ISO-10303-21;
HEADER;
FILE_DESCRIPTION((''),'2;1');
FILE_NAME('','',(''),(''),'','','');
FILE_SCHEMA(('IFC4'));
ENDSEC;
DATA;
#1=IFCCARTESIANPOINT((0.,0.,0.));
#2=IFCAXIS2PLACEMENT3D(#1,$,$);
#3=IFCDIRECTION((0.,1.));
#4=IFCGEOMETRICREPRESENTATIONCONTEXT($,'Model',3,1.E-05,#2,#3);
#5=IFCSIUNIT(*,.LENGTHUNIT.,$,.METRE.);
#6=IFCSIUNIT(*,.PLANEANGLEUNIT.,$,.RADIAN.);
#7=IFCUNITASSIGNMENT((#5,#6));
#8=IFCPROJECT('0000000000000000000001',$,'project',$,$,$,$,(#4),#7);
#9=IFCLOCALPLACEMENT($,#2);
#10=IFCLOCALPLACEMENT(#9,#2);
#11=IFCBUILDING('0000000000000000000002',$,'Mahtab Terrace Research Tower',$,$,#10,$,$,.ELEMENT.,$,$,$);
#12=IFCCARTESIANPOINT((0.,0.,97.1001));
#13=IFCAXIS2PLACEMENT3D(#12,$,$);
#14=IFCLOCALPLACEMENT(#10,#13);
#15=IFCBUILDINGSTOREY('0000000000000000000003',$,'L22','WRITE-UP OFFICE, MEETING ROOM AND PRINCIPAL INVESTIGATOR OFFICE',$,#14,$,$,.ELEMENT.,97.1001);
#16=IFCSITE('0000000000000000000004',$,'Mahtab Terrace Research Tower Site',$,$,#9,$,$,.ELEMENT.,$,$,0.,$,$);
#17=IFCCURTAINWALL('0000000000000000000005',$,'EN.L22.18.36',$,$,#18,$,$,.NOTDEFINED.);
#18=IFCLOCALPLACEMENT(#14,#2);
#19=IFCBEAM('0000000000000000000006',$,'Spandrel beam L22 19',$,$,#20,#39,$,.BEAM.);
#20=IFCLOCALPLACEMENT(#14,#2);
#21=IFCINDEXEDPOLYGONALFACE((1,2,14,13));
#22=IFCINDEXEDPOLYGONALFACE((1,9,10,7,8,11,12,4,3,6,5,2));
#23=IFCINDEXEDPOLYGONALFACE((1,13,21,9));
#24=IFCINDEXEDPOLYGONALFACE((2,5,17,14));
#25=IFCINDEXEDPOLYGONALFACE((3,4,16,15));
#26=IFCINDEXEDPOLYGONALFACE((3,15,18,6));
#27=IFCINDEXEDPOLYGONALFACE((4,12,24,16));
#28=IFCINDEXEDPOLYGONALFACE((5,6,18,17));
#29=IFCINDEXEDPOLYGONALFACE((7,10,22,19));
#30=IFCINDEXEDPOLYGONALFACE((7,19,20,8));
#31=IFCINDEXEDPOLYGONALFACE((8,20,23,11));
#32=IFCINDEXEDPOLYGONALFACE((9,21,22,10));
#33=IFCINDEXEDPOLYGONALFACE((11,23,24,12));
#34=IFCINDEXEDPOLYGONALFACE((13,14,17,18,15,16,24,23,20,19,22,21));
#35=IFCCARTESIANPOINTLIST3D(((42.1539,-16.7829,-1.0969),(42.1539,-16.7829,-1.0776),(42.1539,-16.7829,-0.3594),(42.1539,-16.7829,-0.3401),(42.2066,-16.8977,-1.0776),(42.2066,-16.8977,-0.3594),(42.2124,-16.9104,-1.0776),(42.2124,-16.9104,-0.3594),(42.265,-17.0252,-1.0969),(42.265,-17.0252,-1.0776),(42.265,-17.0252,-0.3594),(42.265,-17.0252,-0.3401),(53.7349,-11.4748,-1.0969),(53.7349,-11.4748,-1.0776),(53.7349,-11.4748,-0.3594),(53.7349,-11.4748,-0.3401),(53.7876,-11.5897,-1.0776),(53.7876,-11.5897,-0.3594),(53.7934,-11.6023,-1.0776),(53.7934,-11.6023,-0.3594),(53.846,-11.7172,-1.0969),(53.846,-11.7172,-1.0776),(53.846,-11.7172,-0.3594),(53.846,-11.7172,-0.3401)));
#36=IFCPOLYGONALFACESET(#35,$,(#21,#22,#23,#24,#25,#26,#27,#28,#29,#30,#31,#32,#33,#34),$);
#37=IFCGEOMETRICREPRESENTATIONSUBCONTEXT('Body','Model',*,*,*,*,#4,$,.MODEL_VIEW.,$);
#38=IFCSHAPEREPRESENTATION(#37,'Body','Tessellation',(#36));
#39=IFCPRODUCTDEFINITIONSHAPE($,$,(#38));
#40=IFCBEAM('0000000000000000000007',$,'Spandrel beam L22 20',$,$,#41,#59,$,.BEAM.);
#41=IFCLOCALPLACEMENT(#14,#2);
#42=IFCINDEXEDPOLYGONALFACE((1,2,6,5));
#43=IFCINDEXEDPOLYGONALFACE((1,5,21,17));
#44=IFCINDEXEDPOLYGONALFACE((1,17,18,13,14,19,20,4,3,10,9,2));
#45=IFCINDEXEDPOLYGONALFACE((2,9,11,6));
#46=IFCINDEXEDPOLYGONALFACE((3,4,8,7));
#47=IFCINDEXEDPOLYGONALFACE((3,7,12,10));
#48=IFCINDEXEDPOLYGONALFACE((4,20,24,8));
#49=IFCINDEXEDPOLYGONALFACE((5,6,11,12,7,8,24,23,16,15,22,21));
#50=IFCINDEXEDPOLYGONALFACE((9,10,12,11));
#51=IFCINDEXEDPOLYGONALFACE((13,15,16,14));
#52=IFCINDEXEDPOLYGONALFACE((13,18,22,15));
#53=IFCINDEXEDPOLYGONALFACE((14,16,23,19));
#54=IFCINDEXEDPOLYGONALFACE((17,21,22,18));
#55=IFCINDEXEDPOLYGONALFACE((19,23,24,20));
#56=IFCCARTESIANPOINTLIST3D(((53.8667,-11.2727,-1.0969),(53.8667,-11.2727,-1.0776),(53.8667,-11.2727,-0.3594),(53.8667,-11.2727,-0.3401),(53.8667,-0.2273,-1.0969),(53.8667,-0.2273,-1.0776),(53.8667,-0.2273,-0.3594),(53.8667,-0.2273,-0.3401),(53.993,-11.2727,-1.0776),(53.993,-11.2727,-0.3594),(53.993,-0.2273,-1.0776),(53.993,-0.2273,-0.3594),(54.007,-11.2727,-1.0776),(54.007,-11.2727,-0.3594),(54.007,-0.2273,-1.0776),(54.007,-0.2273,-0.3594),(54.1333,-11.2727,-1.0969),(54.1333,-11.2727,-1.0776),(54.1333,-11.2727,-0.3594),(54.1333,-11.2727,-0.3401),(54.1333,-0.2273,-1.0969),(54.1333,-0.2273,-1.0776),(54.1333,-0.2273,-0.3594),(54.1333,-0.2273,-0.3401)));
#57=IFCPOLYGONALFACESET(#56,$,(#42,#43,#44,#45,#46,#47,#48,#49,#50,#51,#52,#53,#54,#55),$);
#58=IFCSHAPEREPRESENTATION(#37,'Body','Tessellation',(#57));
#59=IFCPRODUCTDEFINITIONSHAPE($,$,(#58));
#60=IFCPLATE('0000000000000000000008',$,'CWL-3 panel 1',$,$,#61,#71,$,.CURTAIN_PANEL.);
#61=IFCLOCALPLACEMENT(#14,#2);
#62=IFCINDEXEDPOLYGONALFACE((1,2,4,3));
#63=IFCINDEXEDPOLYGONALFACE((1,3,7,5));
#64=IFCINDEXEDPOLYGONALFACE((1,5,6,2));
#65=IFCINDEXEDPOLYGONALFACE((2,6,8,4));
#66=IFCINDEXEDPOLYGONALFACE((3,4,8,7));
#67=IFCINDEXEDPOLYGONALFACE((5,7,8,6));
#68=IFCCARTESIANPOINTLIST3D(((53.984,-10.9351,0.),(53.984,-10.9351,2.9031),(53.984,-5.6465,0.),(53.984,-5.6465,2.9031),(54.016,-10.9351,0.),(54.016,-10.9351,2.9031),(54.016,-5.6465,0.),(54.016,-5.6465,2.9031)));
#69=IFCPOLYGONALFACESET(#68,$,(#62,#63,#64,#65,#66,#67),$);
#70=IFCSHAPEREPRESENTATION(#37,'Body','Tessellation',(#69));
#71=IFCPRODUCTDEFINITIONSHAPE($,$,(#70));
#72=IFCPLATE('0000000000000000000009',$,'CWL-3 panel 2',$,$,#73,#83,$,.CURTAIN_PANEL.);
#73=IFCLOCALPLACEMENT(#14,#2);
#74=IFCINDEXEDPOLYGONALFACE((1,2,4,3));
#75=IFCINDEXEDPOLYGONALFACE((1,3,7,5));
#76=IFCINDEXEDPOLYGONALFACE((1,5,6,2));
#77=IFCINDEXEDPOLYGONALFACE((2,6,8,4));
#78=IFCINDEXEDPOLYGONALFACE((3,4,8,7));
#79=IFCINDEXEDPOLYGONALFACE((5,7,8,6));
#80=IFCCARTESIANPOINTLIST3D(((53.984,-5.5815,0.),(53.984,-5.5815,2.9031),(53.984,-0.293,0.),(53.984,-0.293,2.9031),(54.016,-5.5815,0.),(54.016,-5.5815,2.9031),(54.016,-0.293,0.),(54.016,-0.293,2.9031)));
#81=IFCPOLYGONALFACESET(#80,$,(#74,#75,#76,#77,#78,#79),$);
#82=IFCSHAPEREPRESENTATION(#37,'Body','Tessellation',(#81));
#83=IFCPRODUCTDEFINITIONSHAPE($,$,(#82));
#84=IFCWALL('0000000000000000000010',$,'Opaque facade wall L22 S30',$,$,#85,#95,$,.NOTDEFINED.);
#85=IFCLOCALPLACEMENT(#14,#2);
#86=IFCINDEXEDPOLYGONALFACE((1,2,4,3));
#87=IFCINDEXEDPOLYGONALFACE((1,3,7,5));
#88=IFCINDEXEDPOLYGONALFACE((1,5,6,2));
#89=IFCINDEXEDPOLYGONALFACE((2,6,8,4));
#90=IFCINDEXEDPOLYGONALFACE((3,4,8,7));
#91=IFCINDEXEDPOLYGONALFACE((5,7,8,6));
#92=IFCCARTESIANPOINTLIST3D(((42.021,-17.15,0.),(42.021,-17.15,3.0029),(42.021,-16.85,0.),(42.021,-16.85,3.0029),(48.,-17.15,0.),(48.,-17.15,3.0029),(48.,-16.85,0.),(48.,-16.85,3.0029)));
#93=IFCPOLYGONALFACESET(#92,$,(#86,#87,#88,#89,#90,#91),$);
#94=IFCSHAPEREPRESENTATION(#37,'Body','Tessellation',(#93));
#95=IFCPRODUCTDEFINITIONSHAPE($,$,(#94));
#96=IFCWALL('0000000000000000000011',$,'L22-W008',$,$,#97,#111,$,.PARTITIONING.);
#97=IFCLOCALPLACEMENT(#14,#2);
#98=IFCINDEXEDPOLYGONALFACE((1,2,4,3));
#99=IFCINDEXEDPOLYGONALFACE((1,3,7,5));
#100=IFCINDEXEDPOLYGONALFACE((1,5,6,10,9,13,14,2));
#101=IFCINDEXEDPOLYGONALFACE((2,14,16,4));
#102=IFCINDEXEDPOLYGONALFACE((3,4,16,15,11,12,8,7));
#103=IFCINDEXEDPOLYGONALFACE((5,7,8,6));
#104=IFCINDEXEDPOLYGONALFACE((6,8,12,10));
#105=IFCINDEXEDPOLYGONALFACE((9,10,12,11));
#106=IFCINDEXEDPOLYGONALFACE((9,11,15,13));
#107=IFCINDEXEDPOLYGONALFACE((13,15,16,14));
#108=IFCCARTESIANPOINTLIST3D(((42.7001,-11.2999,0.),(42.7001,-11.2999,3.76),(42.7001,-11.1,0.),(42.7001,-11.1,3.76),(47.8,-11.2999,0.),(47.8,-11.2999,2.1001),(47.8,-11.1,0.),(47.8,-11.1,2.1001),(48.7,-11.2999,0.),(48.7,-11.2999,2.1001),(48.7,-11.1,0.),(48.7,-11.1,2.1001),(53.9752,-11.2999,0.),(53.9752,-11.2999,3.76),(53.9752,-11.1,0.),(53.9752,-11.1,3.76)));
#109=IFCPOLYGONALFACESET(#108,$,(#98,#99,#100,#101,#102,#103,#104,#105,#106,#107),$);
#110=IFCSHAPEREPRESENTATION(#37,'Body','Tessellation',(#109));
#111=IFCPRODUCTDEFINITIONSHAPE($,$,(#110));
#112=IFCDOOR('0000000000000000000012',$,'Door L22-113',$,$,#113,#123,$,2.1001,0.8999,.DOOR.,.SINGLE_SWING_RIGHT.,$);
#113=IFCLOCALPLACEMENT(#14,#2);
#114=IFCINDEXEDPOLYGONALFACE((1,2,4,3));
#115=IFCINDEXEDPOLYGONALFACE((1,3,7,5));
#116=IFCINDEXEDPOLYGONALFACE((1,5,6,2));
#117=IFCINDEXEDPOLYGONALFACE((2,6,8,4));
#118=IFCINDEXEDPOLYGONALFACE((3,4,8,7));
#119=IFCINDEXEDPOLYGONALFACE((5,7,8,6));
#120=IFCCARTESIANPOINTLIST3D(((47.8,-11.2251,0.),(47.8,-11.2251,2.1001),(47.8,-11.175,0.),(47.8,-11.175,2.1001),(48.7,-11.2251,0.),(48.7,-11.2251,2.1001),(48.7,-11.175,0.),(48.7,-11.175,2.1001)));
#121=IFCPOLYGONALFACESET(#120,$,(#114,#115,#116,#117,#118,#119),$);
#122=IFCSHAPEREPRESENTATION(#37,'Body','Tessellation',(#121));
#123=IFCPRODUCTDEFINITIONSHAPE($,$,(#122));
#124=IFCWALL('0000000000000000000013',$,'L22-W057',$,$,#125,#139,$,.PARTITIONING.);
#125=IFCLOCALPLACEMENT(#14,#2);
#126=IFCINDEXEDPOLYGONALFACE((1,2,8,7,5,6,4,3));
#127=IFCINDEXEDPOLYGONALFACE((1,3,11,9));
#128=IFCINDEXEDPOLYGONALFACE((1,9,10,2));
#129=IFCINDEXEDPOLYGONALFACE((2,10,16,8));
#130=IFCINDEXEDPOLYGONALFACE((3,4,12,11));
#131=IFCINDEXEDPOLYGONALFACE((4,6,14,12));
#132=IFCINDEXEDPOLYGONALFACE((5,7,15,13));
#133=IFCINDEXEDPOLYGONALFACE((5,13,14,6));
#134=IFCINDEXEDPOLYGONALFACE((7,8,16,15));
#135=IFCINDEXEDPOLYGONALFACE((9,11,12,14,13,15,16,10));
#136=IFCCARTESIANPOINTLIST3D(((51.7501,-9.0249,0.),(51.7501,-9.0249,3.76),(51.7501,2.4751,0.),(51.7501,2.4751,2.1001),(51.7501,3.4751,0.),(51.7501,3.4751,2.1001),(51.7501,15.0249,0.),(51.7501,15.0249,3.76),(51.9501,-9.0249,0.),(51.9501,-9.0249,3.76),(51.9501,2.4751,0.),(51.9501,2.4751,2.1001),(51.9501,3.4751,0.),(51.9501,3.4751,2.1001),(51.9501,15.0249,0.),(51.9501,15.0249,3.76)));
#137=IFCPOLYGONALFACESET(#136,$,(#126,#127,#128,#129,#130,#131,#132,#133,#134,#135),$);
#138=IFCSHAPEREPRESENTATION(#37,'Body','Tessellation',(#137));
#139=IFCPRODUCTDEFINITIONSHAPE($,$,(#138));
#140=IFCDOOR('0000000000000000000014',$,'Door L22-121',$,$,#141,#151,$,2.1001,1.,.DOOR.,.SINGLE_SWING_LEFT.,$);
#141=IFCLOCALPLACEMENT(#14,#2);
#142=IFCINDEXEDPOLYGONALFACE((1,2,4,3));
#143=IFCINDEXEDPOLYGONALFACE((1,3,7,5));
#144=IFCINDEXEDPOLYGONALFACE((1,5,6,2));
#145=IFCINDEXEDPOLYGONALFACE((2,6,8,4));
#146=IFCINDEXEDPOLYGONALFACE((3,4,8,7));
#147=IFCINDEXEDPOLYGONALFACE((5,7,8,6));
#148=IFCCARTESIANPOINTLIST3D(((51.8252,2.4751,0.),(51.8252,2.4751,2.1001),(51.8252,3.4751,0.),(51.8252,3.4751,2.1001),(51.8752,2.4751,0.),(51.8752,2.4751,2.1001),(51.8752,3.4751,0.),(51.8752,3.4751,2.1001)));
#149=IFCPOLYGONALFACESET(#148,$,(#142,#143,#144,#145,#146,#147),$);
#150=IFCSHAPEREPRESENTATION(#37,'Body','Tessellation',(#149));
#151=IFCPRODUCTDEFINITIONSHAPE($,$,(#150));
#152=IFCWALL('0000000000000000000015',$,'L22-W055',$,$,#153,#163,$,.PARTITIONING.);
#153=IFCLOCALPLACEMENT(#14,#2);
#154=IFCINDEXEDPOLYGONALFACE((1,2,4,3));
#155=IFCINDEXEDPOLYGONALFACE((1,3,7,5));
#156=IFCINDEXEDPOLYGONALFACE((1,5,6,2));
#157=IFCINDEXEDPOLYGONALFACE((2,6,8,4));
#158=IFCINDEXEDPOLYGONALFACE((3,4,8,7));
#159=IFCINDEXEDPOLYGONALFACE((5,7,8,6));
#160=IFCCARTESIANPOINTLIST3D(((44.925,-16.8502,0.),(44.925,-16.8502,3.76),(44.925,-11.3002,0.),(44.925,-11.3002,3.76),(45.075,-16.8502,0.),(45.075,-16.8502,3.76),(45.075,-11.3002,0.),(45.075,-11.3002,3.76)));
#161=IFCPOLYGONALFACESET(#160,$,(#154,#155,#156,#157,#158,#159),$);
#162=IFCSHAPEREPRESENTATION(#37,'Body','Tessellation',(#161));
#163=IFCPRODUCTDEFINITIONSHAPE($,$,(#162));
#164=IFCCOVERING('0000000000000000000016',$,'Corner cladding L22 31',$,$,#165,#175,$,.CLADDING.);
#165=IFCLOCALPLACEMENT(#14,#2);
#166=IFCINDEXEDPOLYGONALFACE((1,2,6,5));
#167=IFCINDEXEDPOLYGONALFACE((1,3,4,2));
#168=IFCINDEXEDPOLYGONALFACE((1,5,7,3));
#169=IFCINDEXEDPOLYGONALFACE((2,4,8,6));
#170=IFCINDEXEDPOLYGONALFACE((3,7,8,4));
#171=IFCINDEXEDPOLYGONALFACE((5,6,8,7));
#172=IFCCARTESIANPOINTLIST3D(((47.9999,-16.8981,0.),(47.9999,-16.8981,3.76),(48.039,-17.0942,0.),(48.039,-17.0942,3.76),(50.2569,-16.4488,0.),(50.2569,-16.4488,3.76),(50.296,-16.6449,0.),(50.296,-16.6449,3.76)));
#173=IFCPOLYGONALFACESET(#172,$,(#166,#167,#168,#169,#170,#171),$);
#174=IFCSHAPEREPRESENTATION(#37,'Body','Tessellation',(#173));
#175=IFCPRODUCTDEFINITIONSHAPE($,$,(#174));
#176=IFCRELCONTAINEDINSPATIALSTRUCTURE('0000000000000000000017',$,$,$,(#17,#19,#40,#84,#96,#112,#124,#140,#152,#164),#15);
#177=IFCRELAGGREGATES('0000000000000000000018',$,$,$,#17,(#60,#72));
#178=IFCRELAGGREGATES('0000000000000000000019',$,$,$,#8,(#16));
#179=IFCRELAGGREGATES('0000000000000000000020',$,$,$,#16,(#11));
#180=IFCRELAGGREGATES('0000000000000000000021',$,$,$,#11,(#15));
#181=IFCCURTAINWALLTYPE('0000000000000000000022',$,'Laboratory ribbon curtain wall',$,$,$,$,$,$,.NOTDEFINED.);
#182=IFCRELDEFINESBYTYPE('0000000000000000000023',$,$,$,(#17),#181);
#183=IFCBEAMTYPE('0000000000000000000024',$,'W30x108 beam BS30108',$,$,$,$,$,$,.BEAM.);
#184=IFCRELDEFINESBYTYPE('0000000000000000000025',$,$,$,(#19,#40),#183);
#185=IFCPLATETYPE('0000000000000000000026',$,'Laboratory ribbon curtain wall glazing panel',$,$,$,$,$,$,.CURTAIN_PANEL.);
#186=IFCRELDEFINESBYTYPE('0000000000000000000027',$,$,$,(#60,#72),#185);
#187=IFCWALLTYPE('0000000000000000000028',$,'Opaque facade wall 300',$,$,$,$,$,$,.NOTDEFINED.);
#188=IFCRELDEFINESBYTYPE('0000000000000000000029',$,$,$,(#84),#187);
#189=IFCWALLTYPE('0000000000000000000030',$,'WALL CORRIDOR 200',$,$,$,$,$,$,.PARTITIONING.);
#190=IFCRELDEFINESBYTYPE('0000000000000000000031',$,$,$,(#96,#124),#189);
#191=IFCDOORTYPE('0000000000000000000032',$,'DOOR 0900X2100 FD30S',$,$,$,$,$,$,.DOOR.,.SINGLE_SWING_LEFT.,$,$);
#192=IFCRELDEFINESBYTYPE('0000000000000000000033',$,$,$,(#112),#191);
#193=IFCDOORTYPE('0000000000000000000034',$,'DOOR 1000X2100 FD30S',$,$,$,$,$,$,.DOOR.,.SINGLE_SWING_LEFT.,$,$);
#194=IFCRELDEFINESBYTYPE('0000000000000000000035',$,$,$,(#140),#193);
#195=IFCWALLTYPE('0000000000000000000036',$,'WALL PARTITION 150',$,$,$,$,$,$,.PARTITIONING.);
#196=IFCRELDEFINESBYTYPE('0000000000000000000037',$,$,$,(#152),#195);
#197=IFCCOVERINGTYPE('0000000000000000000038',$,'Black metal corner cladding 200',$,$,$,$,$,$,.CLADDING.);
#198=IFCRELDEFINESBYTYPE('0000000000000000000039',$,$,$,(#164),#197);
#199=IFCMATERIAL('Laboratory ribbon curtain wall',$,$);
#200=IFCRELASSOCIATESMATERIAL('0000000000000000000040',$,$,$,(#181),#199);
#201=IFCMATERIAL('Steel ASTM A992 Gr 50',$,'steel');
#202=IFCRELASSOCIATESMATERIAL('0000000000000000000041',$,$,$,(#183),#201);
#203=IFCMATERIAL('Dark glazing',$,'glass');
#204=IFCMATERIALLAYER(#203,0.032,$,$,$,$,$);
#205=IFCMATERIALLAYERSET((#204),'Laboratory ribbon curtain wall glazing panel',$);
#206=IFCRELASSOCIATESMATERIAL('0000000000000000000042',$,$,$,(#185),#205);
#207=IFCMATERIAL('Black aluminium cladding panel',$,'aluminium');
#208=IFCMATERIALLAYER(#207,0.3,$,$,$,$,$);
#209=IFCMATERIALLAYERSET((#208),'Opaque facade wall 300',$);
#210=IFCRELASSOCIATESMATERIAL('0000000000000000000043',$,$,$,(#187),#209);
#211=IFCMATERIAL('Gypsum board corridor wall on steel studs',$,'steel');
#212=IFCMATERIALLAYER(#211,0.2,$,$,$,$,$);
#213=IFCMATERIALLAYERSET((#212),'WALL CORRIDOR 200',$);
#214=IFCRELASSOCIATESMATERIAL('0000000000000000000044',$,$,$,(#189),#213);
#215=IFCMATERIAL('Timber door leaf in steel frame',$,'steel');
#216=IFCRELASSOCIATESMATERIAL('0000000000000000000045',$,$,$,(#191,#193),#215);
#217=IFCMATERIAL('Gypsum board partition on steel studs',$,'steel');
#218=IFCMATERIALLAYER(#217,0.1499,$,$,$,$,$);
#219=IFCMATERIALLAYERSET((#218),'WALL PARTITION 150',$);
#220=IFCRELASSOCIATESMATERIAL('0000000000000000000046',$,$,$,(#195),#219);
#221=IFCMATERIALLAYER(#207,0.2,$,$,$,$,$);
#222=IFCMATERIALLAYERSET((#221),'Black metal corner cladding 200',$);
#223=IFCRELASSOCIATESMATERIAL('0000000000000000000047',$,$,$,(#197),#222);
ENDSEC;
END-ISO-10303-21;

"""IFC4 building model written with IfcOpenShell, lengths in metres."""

from ifc_helpers import new_model, si_unit, direction, frame, frame_2d, origin, origin_2d, place, context, subcontext, project, spatial, rectangle, i_section, extrude, material, layer, layer_set, material_profile, profile_set, type_object, element, fill, aggregate, save


model = new_model("IFC4")

# Units and contexts
model_context = context("Model", 3, precision=1e-05, world=origin(), true_north=direction((0.0, 1.0)))
body_context = subcontext(model_context, "Body", "Model", "MODEL_VIEW")
ifc_project = project(units=[si_unit("LENGTHUNIT", "METRE"), si_unit("PLANEANGLEUNIT", "RADIAN")], contexts=[model_context])

# Site, building, storey
site_placement = place(None, origin())
site = spatial("IfcSite", under=ifc_project, at=site_placement, Name="Mahtab Terrace Research Tower Site", CompositionType="ELEMENT", RefElevation=0.0)
building_placement = place(site_placement, origin())
building = spatial("IfcBuilding", under=site, at=building_placement, Name="Mahtab Terrace Research Tower", CompositionType="ELEMENT")
storey_placement = place(building_placement, frame((0.0, 0.0, 97.1001)))
storey = spatial("IfcBuildingStorey", under=building, at=storey_placement, Name="L22", Description="WRITE-UP OFFICE, MEETING ROOM AND PRINCIPAL INVESTIGATOR OFFICE", CompositionType="ELEMENT", Elevation=97.1001)

# Shared definitions
ifc_material_1 = material(Name="Steel ASTM A992 Gr 50", Category="steel")

# Curtain wall
ifc_material_2 = material(Name="Laboratory ribbon curtain wall")
curtain_wall_type = type_object("IfcCurtainWallType", Name="Laboratory ribbon curtain wall", PredefinedType="NOTDEFINED", material=ifc_material_2)
curtain_wall_placement = place(storey_placement, origin())
curtain_wall = element("IfcCurtainWall", 1, at=curtain_wall_placement, inside=storey, type_object=curtain_wall_type, Name="EN.L22.18.36", PredefinedType="NOTDEFINED")

# Beams
ifc_material_profile_1 = material_profile(ifc_material_1, i_section(OverallWidth=0.2666, OverallDepth=0.7568, WebThickness=0.0139, FlangeThickness=0.0193, at=origin_2d()), Name="W30X108")
ifc_profile_set_1 = profile_set([ifc_material_profile_1], Name="Steel ASTM A992 Gr 50")
beam_type = type_object("IfcBeamType", Name="W30x108 beam BS30108", PredefinedType="BEAM", material=ifc_profile_set_1)
beam_1_placement = place(storey_placement, frame((42.2095, -16.9041, -0.7185), z_axis=(0.909061, 0.416663, 0.0), x_axis=(-0.416663, 0.909061, 0.0)))
element("IfcBeam", 2, at=beam_1_placement, inside=storey, type_object=beam_type, Name="Spandrel beam L22 19", PredefinedType="BEAM", context=body_context, shape_type="SweptSolid", body=[
    extrude(i_section(OverallWidth=0.2666, OverallDepth=0.7568, WebThickness=0.0139, FlangeThickness=0.0193, at=origin_2d()), origin(), (0.0, 0.0, 1.0), 12.7395),
])
beam_2_placement = place(storey_placement, frame((54.0, -11.2727, -0.7185), z_axis=(0.0, 1.0, 0.0), x_axis=(-1.0, 0.0, 0.0)))
element("IfcBeam", 3, at=beam_2_placement, inside=storey, type_object=beam_type, Name="Spandrel beam L22 20", PredefinedType="BEAM", context=body_context, shape_type="SweptSolid", body=[
    extrude(i_section(OverallWidth=0.2666, OverallDepth=0.7568, WebThickness=0.0139, FlangeThickness=0.0193, at=origin_2d()), origin(), (0.0, 0.0, 1.0), 11.0454),
])

# Plates
ifc_material_3 = material(Name="Dark glazing", Category="glass")
ifc_layer_1 = layer(ifc_material_3, 0.032)
ifc_layer_set_1 = layer_set([ifc_layer_1], Name="Laboratory ribbon curtain wall glazing panel")
plate_type = type_object("IfcPlateType", Name="Laboratory ribbon curtain wall glazing panel", PredefinedType="CURTAIN_PANEL", material=ifc_layer_set_1)
plate_1_placement = place(storey_placement, frame((54.0, -8.2908, 0.0), z_axis=(0.0, 0.0, 1.0), x_axis=(0.0, 1.0, 0.0)))
plate_1 = element("IfcPlate", 4, at=plate_1_placement, type_object=plate_type, Name="CWL-3 panel 1", PredefinedType="CURTAIN_PANEL", context=body_context, shape_type="SweptSolid", body=[
    extrude(rectangle(XDim=5.2886, YDim=0.032, at=origin_2d()), origin(), (0.0, 0.0, 1.0), 2.9031),
])
plate_2_placement = place(storey_placement, frame((54.0, -2.9373, 0.0), z_axis=(0.0, 0.0, 1.0), x_axis=(0.0, 1.0, 0.0)))
plate_2 = element("IfcPlate", 5, at=plate_2_placement, type_object=plate_type, Name="CWL-3 panel 2", PredefinedType="CURTAIN_PANEL", context=body_context, shape_type="SweptSolid", body=[
    extrude(rectangle(XDim=5.2886, YDim=0.032, at=origin_2d()), origin(), (0.0, 0.0, 1.0), 2.9031),
])
aggregate(curtain_wall, [plate_1, plate_2])

# Wall
ifc_material_4 = material(Name="Black aluminium cladding panel", Category="aluminium")
ifc_layer_2 = layer(ifc_material_4, 0.3)
ifc_layer_set_2 = layer_set([ifc_layer_2], Name="Opaque facade wall 300")
wall_type_1 = type_object("IfcWallType", Name="Opaque facade wall 300", PredefinedType="NOTDEFINED", material=ifc_layer_set_2)
wall_1_placement = place(storey_placement, frame((42.021, -17.0, 0.0), z_axis=(0.0, 0.0, 1.0), x_axis=(1.0, 0.0, 0.0)))
element("IfcWall", 6, at=wall_1_placement, inside=storey, type_object=wall_type_1, Name="Opaque facade wall L22 S30", PredefinedType="NOTDEFINED", context=body_context, shape_type="SweptSolid", body=[
    extrude(rectangle(XDim=5.979, YDim=0.3, at=frame_2d((2.9895, 0.0))), origin(), (0.0, 0.0, 1.0), 3.0029),
])

# Walls, openings, doors
ifc_material_5 = material(Name="Gypsum board corridor wall on steel studs", Category="steel")
ifc_layer_3 = layer(ifc_material_5, 0.2)
ifc_layer_set_3 = layer_set([ifc_layer_3], Name="WALL CORRIDOR 200")
wall_type_2 = type_object("IfcWallType", Name="WALL CORRIDOR 200", PredefinedType="PARTITIONING", material=ifc_layer_set_3)
wall_2_placement = place(storey_placement, frame((42.7, -11.2, 0.0), z_axis=(0.0, 0.0, 1.0), x_axis=(1.0, 0.0, 0.0)))
wall_2 = element("IfcWall", 7, at=wall_2_placement, inside=storey, type_object=wall_type_2, Name="L22-W008", PredefinedType="PARTITIONING", context=body_context, shape_type="SweptSolid", body=[
    extrude(rectangle(XDim=11.2751, YDim=0.2, at=frame_2d((5.6377, 0.0))), origin(), (0.0, 0.0, 1.0), 3.76),
])
opening_1_placement = place(wall_2_placement, frame((5.1001, 0.0, 0.0)))
opening_1 = element("IfcOpeningElement", 8, at=opening_1_placement, cuts=wall_2, PredefinedType="OPENING", context=body_context, shape_type="SweptSolid", body=[
    extrude(rectangle(XDim=0.8999, YDim=2.1001, at=frame_2d((0.45, 1.05))), frame((0.0, 0.1099, 0.0), z_axis=(0.0, -1.0, 0.0), x_axis=(1.0, 0.0, 0.0)), (0.0, 0.0, 1.0), 0.22),
])
ifc_material_6 = material(Name="Timber door leaf in steel frame", Category="steel")
door_type_1 = type_object("IfcDoorType", Name="DOOR 0900X2100 FD30S", OperationType="SINGLE_SWING_LEFT", PredefinedType="DOOR", material=ifc_material_6)
door_1_placement = place(opening_1_placement, origin())
door_1 = element("IfcDoor", 9, at=door_1_placement, inside=storey, type_object=door_type_1, Name="Door L22-113", OperationType="SINGLE_SWING_RIGHT", OverallHeight=2.1001, OverallWidth=0.8999, PredefinedType="DOOR", context=body_context, shape_type="SweptSolid", body=[
    extrude(rectangle(XDim=0.8999, YDim=2.1001, at=frame_2d((0.45, 1.05))), frame((0.0, 0.0249, 0.0), z_axis=(0.0, -1.0, 0.0), x_axis=(1.0, 0.0, 0.0)), (0.0, 0.0, 1.0), 0.05),
])
fill(opening_1, door_1)
wall_3_placement = place(storey_placement, frame((51.8501, -9.0249, 0.0), z_axis=(0.0, 0.0, 1.0), x_axis=(0.0, 1.0, 0.0)))
wall_3 = element("IfcWall", 10, at=wall_3_placement, inside=storey, type_object=wall_type_2, Name="L22-W057", PredefinedType="PARTITIONING", context=body_context, shape_type="SweptSolid", body=[
    extrude(rectangle(XDim=24.0498, YDim=0.2, at=frame_2d((12.0249, 0.0))), origin(), (0.0, 0.0, 1.0), 3.76),
])
opening_2_placement = place(wall_3_placement, frame((11.5, 0.0, 0.0)))
opening_2 = element("IfcOpeningElement", 11, at=opening_2_placement, cuts=wall_3, PredefinedType="OPENING", context=body_context, shape_type="SweptSolid", body=[
    extrude(rectangle(XDim=1.0, YDim=2.1001, at=frame_2d((0.5, 1.05))), frame((0.0, 0.1099, 0.0), z_axis=(0.0, -1.0, 0.0), x_axis=(1.0, 0.0, 0.0)), (0.0, 0.0, 1.0), 0.22),
])
door_type_2 = type_object("IfcDoorType", Name="DOOR 1000X2100 FD30S", OperationType="SINGLE_SWING_LEFT", PredefinedType="DOOR", material=ifc_material_6)
door_2_placement = place(opening_2_placement, origin())
door_2 = element("IfcDoor", 12, at=door_2_placement, inside=storey, type_object=door_type_2, Name="Door L22-121", OperationType="SINGLE_SWING_LEFT", OverallHeight=2.1001, OverallWidth=1.0, PredefinedType="DOOR", context=body_context, shape_type="SweptSolid", body=[
    extrude(rectangle(XDim=1.0, YDim=2.1001, at=frame_2d((0.5, 1.05))), frame((0.0, 0.0249, 0.0), z_axis=(0.0, -1.0, 0.0), x_axis=(1.0, 0.0, 0.0)), (0.0, 0.0, 1.0), 0.05),
])
fill(opening_2, door_2)

# Wall
ifc_material_7 = material(Name="Gypsum board partition on steel studs", Category="steel")
ifc_layer_4 = layer(ifc_material_7, 0.1499)
ifc_layer_set_4 = layer_set([ifc_layer_4], Name="WALL PARTITION 150")
wall_type_3 = type_object("IfcWallType", Name="WALL PARTITION 150", PredefinedType="PARTITIONING", material=ifc_layer_set_4)
wall_4_placement = place(storey_placement, frame((45.0, -16.8501, 0.0), z_axis=(0.0, 0.0, 1.0), x_axis=(0.0, 1.0, 0.0)))
element("IfcWall", 13, at=wall_4_placement, inside=storey, type_object=wall_type_3, Name="L22-W055", PredefinedType="PARTITIONING", context=body_context, shape_type="SweptSolid", body=[
    extrude(rectangle(XDim=5.55, YDim=0.1499, at=frame_2d((2.7749, 0.0))), origin(), (0.0, 0.0, 1.0), 3.76),
])

# Covering
ifc_layer_5 = layer(ifc_material_4, 0.2)
ifc_layer_set_5 = layer_set([ifc_layer_5], Name="Black metal corner cladding 200")
covering_type = type_object("IfcCoveringType", Name="Black metal corner cladding 200", PredefinedType="CLADDING", material=ifc_layer_set_5)
for number, where, z_axis, x_axis, name in (
    (14, (49.1479, -16.7715, 0.0), (0.0, 0.0, 1.0), (0.980761, 0.195212, 0.0), "Corner cladding L22 31"),
):
    element("IfcCovering", number, at=place(storey_placement, frame(where, z_axis=z_axis, x_axis=x_axis)), inside=storey, type_object=covering_type, Name=name, PredefinedType="CLADDING", context=body_context, shape_type="SweptSolid", body=[
        extrude(rectangle(XDim=2.3013, YDim=0.2, at=origin_2d()), origin(), (0.0, 0.0, 1.0), 3.76),
    ])

save(model, "model.ifc")
